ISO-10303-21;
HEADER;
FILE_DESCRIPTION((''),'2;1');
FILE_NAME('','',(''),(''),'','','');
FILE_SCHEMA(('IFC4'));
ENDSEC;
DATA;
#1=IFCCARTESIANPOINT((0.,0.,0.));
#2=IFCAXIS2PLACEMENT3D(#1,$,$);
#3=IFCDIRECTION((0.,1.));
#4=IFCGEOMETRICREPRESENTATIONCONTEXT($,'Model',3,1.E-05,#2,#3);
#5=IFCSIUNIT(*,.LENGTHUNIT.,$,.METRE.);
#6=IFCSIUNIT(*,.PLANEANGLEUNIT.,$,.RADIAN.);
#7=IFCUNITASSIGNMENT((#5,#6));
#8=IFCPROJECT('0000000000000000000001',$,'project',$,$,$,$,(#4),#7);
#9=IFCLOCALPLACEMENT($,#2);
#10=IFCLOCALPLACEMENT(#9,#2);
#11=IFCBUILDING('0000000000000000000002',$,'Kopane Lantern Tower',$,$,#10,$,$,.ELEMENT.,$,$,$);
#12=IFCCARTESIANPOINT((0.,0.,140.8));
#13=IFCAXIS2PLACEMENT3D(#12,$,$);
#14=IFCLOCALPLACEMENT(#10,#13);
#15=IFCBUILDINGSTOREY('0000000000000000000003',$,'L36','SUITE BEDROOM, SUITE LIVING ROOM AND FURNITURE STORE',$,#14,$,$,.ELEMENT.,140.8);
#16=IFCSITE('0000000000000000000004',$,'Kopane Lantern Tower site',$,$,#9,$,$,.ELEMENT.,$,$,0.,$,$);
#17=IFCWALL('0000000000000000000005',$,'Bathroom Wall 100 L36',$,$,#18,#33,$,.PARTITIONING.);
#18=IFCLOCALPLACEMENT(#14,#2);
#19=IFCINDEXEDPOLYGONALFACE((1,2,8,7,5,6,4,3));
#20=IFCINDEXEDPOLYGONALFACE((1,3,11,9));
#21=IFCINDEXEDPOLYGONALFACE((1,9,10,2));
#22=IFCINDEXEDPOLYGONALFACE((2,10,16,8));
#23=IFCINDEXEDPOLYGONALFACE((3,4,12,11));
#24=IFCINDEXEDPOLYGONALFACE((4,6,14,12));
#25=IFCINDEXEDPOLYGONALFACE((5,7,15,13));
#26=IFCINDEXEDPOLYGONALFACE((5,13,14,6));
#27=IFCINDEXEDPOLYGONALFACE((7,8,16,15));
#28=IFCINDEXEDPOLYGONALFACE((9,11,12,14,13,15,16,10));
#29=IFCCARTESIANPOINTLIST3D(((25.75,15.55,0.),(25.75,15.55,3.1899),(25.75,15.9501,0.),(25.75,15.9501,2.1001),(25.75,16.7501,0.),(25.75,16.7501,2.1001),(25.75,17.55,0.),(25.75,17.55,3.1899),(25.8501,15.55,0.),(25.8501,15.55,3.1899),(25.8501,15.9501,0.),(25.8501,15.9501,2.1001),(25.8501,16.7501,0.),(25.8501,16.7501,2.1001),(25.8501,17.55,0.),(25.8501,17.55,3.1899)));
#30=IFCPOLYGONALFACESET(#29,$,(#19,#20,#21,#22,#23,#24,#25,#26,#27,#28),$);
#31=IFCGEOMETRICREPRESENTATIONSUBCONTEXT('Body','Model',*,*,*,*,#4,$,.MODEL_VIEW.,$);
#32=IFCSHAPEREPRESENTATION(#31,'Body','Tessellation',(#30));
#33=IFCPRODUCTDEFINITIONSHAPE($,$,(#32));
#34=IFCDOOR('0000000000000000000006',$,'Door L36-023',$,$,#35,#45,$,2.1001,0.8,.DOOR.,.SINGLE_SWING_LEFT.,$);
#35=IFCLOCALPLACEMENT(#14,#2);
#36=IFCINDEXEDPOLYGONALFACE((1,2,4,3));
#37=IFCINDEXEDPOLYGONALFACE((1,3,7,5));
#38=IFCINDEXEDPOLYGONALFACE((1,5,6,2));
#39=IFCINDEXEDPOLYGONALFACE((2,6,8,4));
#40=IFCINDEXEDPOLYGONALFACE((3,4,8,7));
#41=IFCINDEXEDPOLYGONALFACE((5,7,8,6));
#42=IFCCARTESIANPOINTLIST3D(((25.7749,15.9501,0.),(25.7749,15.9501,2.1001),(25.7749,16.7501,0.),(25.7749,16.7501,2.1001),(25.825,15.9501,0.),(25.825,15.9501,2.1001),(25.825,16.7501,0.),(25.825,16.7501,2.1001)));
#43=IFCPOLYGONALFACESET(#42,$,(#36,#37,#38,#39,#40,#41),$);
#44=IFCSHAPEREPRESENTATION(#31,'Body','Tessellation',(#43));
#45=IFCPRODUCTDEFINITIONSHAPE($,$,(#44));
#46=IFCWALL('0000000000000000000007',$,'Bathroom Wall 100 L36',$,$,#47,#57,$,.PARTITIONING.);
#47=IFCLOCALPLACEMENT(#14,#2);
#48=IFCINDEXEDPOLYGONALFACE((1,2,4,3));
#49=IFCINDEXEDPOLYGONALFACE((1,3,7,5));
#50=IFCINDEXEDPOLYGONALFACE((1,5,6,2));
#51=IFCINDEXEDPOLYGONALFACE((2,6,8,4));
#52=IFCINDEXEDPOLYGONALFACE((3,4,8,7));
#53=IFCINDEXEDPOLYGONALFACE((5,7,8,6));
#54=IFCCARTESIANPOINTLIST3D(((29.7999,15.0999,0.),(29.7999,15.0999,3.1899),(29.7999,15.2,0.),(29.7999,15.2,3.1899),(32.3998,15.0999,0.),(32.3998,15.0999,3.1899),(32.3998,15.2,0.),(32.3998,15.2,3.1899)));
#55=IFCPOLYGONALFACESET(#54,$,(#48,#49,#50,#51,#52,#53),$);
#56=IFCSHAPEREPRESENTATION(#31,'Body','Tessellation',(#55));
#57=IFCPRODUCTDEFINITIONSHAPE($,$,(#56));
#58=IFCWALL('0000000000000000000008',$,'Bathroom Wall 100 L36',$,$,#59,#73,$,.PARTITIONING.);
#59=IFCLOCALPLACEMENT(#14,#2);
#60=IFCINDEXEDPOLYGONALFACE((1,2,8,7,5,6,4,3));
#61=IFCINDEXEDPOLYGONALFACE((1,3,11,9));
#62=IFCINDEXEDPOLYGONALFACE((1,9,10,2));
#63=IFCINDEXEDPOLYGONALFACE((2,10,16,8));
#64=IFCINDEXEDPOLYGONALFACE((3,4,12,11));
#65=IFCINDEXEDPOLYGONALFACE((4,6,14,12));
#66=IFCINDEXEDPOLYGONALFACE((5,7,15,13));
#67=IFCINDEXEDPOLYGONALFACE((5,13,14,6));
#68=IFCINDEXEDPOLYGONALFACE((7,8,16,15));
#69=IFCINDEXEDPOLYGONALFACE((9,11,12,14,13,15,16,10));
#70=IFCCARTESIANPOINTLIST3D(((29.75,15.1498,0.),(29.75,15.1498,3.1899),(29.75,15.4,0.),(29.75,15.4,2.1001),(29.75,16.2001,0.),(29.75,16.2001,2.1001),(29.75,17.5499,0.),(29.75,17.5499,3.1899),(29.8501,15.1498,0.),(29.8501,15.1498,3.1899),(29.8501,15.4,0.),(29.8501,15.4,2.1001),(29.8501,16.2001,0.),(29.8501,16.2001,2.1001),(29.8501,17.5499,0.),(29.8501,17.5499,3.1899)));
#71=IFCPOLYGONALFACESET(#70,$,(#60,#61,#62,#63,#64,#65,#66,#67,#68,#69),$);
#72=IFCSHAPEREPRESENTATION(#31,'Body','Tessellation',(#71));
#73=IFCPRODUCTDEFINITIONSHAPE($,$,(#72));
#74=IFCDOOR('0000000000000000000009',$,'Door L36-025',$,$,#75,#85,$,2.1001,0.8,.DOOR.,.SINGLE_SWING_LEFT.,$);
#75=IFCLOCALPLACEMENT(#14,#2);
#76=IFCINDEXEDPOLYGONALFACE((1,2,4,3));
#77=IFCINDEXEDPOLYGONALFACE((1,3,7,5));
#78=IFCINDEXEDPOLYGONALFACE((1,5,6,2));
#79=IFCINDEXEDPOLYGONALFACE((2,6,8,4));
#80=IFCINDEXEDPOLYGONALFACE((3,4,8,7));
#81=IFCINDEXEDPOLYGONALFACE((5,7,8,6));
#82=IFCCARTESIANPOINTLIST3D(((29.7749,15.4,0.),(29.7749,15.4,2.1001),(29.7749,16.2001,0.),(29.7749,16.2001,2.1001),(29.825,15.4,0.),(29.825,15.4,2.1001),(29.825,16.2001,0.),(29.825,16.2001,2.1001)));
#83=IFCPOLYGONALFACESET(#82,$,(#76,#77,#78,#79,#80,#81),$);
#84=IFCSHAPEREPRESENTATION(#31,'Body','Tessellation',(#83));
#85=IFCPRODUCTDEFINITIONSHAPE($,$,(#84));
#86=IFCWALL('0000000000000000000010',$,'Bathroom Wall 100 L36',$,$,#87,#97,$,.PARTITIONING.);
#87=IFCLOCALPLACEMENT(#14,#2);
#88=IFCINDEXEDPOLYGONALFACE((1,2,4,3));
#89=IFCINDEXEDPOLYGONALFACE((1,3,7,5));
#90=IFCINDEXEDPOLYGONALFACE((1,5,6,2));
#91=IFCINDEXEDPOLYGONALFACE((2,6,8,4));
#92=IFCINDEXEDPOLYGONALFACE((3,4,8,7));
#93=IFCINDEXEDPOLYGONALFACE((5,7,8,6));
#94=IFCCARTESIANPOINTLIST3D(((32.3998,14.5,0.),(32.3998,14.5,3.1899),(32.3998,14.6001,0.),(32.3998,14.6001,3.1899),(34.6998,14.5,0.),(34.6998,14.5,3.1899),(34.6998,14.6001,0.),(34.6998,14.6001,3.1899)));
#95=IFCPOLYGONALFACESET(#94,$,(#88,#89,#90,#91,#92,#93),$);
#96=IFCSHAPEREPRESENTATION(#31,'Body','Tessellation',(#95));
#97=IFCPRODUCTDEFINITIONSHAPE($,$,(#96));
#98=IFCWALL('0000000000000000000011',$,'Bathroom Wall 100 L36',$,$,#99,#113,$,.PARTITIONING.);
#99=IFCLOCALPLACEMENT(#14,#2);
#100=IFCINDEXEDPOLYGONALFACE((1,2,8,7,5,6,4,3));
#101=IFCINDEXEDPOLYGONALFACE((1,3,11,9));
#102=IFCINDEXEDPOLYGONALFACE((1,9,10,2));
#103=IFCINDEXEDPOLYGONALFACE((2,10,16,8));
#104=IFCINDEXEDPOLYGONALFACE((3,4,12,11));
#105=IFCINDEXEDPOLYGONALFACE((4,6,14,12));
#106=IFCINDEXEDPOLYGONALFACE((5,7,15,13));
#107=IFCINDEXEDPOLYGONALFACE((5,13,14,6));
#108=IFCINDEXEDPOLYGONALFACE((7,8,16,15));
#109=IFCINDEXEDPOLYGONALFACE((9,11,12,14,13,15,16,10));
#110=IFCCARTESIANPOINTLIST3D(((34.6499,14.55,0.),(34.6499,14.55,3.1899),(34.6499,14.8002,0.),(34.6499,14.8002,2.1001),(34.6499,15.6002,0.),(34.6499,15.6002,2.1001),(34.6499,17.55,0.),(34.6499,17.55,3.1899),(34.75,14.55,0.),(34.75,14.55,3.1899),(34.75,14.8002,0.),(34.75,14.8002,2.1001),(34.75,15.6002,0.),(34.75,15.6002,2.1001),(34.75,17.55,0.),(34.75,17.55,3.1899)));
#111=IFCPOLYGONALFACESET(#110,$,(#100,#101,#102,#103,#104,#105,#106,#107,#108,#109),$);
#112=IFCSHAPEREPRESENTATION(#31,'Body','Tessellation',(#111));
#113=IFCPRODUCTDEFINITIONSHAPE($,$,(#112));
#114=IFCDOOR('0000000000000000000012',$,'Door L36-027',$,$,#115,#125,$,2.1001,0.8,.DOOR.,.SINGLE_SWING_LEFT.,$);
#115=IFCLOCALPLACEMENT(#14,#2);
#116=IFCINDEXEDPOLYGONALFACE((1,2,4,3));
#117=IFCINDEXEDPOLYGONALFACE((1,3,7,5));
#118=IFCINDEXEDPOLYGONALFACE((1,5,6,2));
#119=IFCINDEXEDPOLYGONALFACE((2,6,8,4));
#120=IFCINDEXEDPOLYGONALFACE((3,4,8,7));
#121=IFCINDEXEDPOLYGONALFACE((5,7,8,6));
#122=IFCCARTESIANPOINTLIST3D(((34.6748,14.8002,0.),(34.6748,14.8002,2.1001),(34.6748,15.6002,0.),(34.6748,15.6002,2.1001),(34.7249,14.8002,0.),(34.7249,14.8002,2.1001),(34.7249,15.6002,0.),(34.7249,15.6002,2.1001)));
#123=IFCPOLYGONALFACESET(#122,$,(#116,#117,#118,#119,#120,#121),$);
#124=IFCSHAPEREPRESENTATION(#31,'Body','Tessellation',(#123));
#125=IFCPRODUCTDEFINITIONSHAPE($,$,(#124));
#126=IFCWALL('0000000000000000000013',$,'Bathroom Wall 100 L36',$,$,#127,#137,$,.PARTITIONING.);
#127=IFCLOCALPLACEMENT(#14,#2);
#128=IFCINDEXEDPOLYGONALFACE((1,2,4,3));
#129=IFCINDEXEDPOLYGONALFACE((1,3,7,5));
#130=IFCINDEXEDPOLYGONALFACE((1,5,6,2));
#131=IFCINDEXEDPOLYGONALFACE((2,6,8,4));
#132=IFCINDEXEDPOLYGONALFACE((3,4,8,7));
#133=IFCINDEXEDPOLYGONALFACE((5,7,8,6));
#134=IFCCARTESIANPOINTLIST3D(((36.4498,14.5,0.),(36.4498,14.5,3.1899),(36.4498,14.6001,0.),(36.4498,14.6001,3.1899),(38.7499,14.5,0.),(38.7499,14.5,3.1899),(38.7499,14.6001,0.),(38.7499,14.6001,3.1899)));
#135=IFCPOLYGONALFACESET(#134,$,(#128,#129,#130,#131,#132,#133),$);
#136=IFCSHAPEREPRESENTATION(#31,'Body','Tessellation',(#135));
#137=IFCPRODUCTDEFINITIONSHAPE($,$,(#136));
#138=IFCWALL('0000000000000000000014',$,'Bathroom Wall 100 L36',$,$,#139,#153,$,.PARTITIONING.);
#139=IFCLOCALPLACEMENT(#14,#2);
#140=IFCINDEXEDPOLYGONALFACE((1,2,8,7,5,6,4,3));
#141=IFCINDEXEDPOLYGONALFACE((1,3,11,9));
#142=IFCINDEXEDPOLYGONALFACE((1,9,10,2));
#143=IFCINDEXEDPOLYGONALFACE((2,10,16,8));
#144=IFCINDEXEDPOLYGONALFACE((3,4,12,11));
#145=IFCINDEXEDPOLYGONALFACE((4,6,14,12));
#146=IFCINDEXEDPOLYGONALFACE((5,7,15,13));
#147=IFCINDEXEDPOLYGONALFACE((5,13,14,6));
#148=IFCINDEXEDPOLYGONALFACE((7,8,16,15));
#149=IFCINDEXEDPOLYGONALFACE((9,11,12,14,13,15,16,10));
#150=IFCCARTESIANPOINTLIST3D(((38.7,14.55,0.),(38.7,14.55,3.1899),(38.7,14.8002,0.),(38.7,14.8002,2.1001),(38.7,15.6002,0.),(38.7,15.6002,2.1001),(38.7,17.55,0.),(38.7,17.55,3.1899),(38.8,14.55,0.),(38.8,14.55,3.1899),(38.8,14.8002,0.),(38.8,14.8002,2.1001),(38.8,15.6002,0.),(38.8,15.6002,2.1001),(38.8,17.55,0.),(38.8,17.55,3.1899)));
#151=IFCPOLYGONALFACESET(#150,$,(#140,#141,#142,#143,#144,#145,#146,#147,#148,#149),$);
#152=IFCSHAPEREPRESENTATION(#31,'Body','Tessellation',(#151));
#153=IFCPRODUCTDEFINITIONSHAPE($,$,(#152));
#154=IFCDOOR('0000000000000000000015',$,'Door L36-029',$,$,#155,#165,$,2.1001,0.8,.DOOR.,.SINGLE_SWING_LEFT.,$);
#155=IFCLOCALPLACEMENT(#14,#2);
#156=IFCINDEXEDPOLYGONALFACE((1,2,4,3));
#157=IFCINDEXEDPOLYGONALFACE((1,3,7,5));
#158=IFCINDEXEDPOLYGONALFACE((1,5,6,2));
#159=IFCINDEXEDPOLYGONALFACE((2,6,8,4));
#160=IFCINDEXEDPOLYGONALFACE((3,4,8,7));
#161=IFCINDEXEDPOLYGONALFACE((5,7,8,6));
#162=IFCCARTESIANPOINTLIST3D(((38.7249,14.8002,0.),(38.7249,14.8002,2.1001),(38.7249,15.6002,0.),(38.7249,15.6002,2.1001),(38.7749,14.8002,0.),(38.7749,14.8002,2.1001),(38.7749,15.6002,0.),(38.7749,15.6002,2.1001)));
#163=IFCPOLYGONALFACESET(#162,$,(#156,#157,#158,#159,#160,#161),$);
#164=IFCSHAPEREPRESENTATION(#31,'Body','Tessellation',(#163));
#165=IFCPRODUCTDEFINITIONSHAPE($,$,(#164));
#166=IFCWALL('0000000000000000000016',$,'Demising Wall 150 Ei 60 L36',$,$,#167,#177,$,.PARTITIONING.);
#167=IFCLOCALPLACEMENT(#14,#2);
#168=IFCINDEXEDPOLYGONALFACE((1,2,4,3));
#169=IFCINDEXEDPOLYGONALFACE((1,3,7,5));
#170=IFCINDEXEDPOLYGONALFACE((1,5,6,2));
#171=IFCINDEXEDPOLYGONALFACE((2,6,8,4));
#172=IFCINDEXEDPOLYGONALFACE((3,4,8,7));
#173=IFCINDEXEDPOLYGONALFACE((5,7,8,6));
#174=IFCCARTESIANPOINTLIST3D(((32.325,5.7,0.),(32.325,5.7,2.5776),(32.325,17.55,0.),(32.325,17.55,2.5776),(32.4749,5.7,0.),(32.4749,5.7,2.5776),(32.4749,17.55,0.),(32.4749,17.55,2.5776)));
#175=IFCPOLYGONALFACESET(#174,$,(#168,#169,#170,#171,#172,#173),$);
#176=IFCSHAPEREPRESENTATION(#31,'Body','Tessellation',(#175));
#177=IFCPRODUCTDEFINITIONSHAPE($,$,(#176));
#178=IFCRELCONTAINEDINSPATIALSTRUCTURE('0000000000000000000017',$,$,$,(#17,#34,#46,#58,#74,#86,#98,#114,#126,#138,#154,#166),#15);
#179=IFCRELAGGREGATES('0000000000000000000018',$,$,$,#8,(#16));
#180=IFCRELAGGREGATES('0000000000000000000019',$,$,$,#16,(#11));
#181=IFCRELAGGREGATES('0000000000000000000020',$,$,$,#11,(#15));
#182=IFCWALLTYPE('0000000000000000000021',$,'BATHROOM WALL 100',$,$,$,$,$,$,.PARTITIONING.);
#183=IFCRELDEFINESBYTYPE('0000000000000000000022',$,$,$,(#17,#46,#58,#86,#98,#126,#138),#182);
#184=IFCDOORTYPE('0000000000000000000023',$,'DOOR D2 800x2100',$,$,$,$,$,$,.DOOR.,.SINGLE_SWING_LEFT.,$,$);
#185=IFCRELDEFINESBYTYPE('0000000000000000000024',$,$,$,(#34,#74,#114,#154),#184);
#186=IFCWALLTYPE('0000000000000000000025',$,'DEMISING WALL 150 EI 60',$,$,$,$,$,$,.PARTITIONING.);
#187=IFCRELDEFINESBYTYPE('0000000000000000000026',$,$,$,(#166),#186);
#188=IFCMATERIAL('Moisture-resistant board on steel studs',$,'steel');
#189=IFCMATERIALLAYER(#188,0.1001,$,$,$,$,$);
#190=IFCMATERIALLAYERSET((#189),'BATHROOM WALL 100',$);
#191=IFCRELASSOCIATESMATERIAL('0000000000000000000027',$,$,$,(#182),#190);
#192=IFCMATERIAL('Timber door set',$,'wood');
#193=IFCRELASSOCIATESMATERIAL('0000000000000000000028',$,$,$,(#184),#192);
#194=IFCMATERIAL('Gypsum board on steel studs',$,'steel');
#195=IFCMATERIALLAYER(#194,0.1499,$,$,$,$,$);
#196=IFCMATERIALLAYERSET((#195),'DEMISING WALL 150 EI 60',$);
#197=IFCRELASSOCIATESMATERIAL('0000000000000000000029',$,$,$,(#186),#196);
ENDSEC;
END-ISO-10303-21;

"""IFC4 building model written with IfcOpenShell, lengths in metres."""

from ifc_helpers import new_model, si_unit, direction, frame, frame_2d, origin, place, context, subcontext, project, spatial, rectangle, extrude, material, layer, layer_set, type_object, element, fill, save


model = new_model("IFC4")

# Units and contexts
model_context = context("Model", 3, precision=1e-05, world=origin(), true_north=direction((0.0, 1.0)))
body_context = subcontext(model_context, "Body", "Model", "MODEL_VIEW")
ifc_project = project(units=[si_unit("LENGTHUNIT", "METRE"), si_unit("PLANEANGLEUNIT", "RADIAN")], contexts=[model_context])

# Site, building, storey
site_placement = place(None, origin())
site = spatial("IfcSite", under=ifc_project, at=site_placement, Name="Kopane Lantern Tower site", CompositionType="ELEMENT", RefElevation=0.0)
building_placement = place(site_placement, origin())
building = spatial("IfcBuilding", under=site, at=building_placement, Name="Kopane Lantern Tower", CompositionType="ELEMENT")
storey_placement = place(building_placement, frame((0.0, 0.0, 140.8)))
storey = spatial("IfcBuildingStorey", under=building, at=storey_placement, Name="L36", Description="SUITE BEDROOM, SUITE LIVING ROOM AND FURNITURE STORE", CompositionType="ELEMENT", Elevation=140.8)

# Wall, opening, door
ifc_material_1 = material(Name="Moisture-resistant board on steel studs", Category="steel")
ifc_layer_1 = layer(ifc_material_1, 0.1001)
ifc_layer_set_1 = layer_set([ifc_layer_1], Name="BATHROOM WALL 100")
wall_type_1 = type_object("IfcWallType", Name="BATHROOM WALL 100", PredefinedType="PARTITIONING", material=ifc_layer_set_1)
wall_1_placement = place(storey_placement, frame((25.8, 17.55, 0.0), z_axis=(0.0, 0.0, 1.0), x_axis=(0.0, -1.0, 0.0)))
wall_1 = element("IfcWall", 1, at=wall_1_placement, inside=storey, type_object=wall_type_1, Name="Bathroom Wall 100 L36", PredefinedType="PARTITIONING", context=body_context, shape_type="SweptSolid", body=[
    extrude(rectangle(XDim=2.0, YDim=0.1001, at=frame_2d((1.0, 0.0))), origin(), (0.0, 0.0, 1.0), 3.1899),
])
opening_1_placement = place(wall_1_placement, frame((0.8, 0.0, 0.0)))
opening_1 = element("IfcOpeningElement", 2, at=opening_1_placement, cuts=wall_1, PredefinedType="OPENING", context=body_context, shape_type="SweptSolid", body=[
    extrude(rectangle(XDim=0.8, YDim=2.1001, at=frame_2d((0.3999, 1.05))), frame((0.0, 0.0601, 0.0), z_axis=(0.0, -1.0, 0.0), x_axis=(1.0, 0.0, 0.0)), (0.0, 0.0, 1.0), 0.1201),
])
ifc_material_2 = material(Name="Timber door set", Category="wood")
door_type_1 = type_object("IfcDoorType", Name="DOOR D2 800x2100", OperationType="SINGLE_SWING_LEFT", PredefinedType="DOOR", material=ifc_material_2)
door_1_placement = place(opening_1_placement, origin())
door_1 = element("IfcDoor", 3, at=door_1_placement, inside=storey, type_object=door_type_1, Name="Door L36-023", OperationType="SINGLE_SWING_LEFT", OverallHeight=2.1001, OverallWidth=0.8, PredefinedType="DOOR", context=body_context, shape_type="SweptSolid", body=[
    extrude(rectangle(XDim=0.8, YDim=2.1001, at=frame_2d((0.3999, 1.05))), frame((0.0, 0.0249, 0.0), z_axis=(0.0, -1.0, 0.0), x_axis=(1.0, 0.0, 0.0)), (0.0, 0.0, 1.0), 0.05),
])
fill(opening_1, door_1)

# Wall
wall_2_placement = place(storey_placement, frame((29.8, 15.1499, 0.0), z_axis=(0.0, 0.0, 1.0), x_axis=(1.0, 0.0, 0.0)))
element("IfcWall", 4, at=wall_2_placement, inside=storey, type_object=wall_type_1, Name="Bathroom Wall 100 L36", PredefinedType="PARTITIONING", context=body_context, shape_type="SweptSolid", body=[
    extrude(rectangle(XDim=2.5999, YDim=0.1001, at=frame_2d((1.2998, 0.0))), origin(), (0.0, 0.0, 1.0), 3.1899),
])

# Wall, opening, door
wall_3_placement = place(storey_placement, frame((29.8, 17.55, 0.0), z_axis=(0.0, 0.0, 1.0), x_axis=(0.0, -1.0, 0.0)))
wall_3 = element("IfcWall", 5, at=wall_3_placement, inside=storey, type_object=wall_type_1, Name="Bathroom Wall 100 L36", PredefinedType="PARTITIONING", context=body_context, shape_type="SweptSolid", body=[
    extrude(rectangle(XDim=2.4001, YDim=0.1001, at=frame_2d((1.2002, 0.0))), origin(), (0.0, 0.0, 1.0), 3.1899),
])
opening_2_placement = place(wall_3_placement, frame((1.3501, 0.0, 0.0)))
opening_2 = element("IfcOpeningElement", 6, at=opening_2_placement, cuts=wall_3, PredefinedType="OPENING", context=body_context, shape_type="SweptSolid", body=[
    extrude(rectangle(XDim=0.8, YDim=2.1001, at=frame_2d((0.3999, 1.05))), frame((0.0, 0.0601, 0.0), z_axis=(0.0, -1.0, 0.0), x_axis=(1.0, 0.0, 0.0)), (0.0, 0.0, 1.0), 0.1201),
])
door_2_placement = place(opening_2_placement, origin())
door_2 = element("IfcDoor", 7, at=door_2_placement, inside=storey, type_object=door_type_1, Name="Door L36-025", OperationType="SINGLE_SWING_LEFT", OverallHeight=2.1001, OverallWidth=0.8, PredefinedType="DOOR", context=body_context, shape_type="SweptSolid", body=[
    extrude(rectangle(XDim=0.8, YDim=2.1001, at=frame_2d((0.3999, 1.05))), frame((0.0, 0.0249, 0.0), z_axis=(0.0, -1.0, 0.0), x_axis=(1.0, 0.0, 0.0)), (0.0, 0.0, 1.0), 0.05),
])
fill(opening_2, door_2)

# Wall
wall_4_placement = place(storey_placement, frame((32.3999, 14.55, 0.0), z_axis=(0.0, 0.0, 1.0), x_axis=(1.0, 0.0, 0.0)))
element("IfcWall", 8, at=wall_4_placement, inside=storey, type_object=wall_type_1, Name="Bathroom Wall 100 L36", PredefinedType="PARTITIONING", context=body_context, shape_type="SweptSolid", body=[
    extrude(rectangle(XDim=2.3, YDim=0.1001, at=frame_2d((1.1499, 0.0))), origin(), (0.0, 0.0, 1.0), 3.1899),
])

# Wall, opening, door
wall_5_placement = place(storey_placement, frame((34.7, 17.55, 0.0), z_axis=(0.0, 0.0, 1.0), x_axis=(0.0, -1.0, 0.0)))
wall_5 = element("IfcWall", 9, at=wall_5_placement, inside=storey, type_object=wall_type_1, Name="Bathroom Wall 100 L36", PredefinedType="PARTITIONING", context=body_context, shape_type="SweptSolid", body=[
    extrude(rectangle(XDim=3.0, YDim=0.1001, at=frame_2d((1.5, 0.0))), origin(), (0.0, 0.0, 1.0), 3.1899),
])
opening_3_placement = place(wall_5_placement, frame((1.95, 0.0, 0.0)))
opening_3 = element("IfcOpeningElement", 10, at=opening_3_placement, cuts=wall_5, PredefinedType="OPENING", context=body_context, shape_type="SweptSolid", body=[
    extrude(rectangle(XDim=0.8, YDim=2.1001, at=frame_2d((0.3999, 1.05))), frame((0.0, 0.0601, 0.0), z_axis=(0.0, -1.0, 0.0), x_axis=(1.0, 0.0, 0.0)), (0.0, 0.0, 1.0), 0.1201),
])
door_3_placement = place(opening_3_placement, origin())
door_3 = element("IfcDoor", 11, at=door_3_placement, inside=storey, type_object=door_type_1, Name="Door L36-027", OperationType="SINGLE_SWING_LEFT", OverallHeight=2.1001, OverallWidth=0.8, PredefinedType="DOOR", context=body_context, shape_type="SweptSolid", body=[
    extrude(rectangle(XDim=0.8, YDim=2.1001, at=frame_2d((0.3999, 1.05))), frame((0.0, 0.0249, 0.0), z_axis=(0.0, -1.0, 0.0), x_axis=(1.0, 0.0, 0.0)), (0.0, 0.0, 1.0), 0.05),
])
fill(opening_3, door_3)

# Wall
wall_6_placement = place(storey_placement, frame((36.45, 14.55, 0.0), z_axis=(0.0, 0.0, 1.0), x_axis=(1.0, 0.0, 0.0)))
element("IfcWall", 12, at=wall_6_placement, inside=storey, type_object=wall_type_1, Name="Bathroom Wall 100 L36", PredefinedType="PARTITIONING", context=body_context, shape_type="SweptSolid", body=[
    extrude(rectangle(XDim=2.3, YDim=0.1001, at=frame_2d((1.1499, 0.0))), origin(), (0.0, 0.0, 1.0), 3.1899),
])

# Wall, opening, door
wall_7_placement = place(storey_placement, frame((38.75, 17.55, 0.0), z_axis=(0.0, 0.0, 1.0), x_axis=(0.0, -1.0, 0.0)))
wall_7 = element("IfcWall", 13, at=wall_7_placement, inside=storey, type_object=wall_type_1, Name="Bathroom Wall 100 L36", PredefinedType="PARTITIONING", context=body_context, shape_type="SweptSolid", body=[
    extrude(rectangle(XDim=3.0, YDim=0.1001, at=frame_2d((1.5, 0.0))), origin(), (0.0, 0.0, 1.0), 3.1899),
])
opening_4_placement = place(wall_7_placement, frame((1.95, 0.0, 0.0)))
opening_4 = element("IfcOpeningElement", 14, at=opening_4_placement, cuts=wall_7, PredefinedType="OPENING", context=body_context, shape_type="SweptSolid", body=[
    extrude(rectangle(XDim=0.8, YDim=2.1001, at=frame_2d((0.3999, 1.05))), frame((0.0, 0.0601, 0.0), z_axis=(0.0, -1.0, 0.0), x_axis=(1.0, 0.0, 0.0)), (0.0, 0.0, 1.0), 0.1201),
])
door_4_placement = place(opening_4_placement, origin())
door_4 = element("IfcDoor", 15, at=door_4_placement, inside=storey, type_object=door_type_1, Name="Door L36-029", OperationType="SINGLE_SWING_LEFT", OverallHeight=2.1001, OverallWidth=0.8, PredefinedType="DOOR", context=body_context, shape_type="SweptSolid", body=[
    extrude(rectangle(XDim=0.8, YDim=2.1001, at=frame_2d((0.3999, 1.05))), frame((0.0, 0.0249, 0.0), z_axis=(0.0, -1.0, 0.0), x_axis=(1.0, 0.0, 0.0)), (0.0, 0.0, 1.0), 0.05),
])
fill(opening_4, door_4)

# Wall
ifc_material_3 = material(Name="Gypsum board on steel studs", Category="steel")
ifc_layer_2 = layer(ifc_material_3, 0.1499)
ifc_layer_set_2 = layer_set([ifc_layer_2], Name="DEMISING WALL 150 EI 60")
wall_type_2 = type_object("IfcWallType", Name="DEMISING WALL 150 EI 60", PredefinedType="PARTITIONING", material=ifc_layer_set_2)
wall_8_placement = place(storey_placement, frame((32.3999, 17.55, 0.0), z_axis=(0.0, 0.0, 1.0), x_axis=(0.0, -1.0, 0.0)))
element("IfcWall", 16, at=wall_8_placement, inside=storey, type_object=wall_type_2, Name="Demising Wall 150 Ei 60 L36", PredefinedType="PARTITIONING", context=body_context, shape_type="SweptSolid", body=[
    extrude(rectangle(XDim=11.8501, YDim=0.1499, at=frame_2d((5.925, 0.0))), origin(), (0.0, 0.0, 1.0), 2.5776),
])

save(model, "model.ifc")
